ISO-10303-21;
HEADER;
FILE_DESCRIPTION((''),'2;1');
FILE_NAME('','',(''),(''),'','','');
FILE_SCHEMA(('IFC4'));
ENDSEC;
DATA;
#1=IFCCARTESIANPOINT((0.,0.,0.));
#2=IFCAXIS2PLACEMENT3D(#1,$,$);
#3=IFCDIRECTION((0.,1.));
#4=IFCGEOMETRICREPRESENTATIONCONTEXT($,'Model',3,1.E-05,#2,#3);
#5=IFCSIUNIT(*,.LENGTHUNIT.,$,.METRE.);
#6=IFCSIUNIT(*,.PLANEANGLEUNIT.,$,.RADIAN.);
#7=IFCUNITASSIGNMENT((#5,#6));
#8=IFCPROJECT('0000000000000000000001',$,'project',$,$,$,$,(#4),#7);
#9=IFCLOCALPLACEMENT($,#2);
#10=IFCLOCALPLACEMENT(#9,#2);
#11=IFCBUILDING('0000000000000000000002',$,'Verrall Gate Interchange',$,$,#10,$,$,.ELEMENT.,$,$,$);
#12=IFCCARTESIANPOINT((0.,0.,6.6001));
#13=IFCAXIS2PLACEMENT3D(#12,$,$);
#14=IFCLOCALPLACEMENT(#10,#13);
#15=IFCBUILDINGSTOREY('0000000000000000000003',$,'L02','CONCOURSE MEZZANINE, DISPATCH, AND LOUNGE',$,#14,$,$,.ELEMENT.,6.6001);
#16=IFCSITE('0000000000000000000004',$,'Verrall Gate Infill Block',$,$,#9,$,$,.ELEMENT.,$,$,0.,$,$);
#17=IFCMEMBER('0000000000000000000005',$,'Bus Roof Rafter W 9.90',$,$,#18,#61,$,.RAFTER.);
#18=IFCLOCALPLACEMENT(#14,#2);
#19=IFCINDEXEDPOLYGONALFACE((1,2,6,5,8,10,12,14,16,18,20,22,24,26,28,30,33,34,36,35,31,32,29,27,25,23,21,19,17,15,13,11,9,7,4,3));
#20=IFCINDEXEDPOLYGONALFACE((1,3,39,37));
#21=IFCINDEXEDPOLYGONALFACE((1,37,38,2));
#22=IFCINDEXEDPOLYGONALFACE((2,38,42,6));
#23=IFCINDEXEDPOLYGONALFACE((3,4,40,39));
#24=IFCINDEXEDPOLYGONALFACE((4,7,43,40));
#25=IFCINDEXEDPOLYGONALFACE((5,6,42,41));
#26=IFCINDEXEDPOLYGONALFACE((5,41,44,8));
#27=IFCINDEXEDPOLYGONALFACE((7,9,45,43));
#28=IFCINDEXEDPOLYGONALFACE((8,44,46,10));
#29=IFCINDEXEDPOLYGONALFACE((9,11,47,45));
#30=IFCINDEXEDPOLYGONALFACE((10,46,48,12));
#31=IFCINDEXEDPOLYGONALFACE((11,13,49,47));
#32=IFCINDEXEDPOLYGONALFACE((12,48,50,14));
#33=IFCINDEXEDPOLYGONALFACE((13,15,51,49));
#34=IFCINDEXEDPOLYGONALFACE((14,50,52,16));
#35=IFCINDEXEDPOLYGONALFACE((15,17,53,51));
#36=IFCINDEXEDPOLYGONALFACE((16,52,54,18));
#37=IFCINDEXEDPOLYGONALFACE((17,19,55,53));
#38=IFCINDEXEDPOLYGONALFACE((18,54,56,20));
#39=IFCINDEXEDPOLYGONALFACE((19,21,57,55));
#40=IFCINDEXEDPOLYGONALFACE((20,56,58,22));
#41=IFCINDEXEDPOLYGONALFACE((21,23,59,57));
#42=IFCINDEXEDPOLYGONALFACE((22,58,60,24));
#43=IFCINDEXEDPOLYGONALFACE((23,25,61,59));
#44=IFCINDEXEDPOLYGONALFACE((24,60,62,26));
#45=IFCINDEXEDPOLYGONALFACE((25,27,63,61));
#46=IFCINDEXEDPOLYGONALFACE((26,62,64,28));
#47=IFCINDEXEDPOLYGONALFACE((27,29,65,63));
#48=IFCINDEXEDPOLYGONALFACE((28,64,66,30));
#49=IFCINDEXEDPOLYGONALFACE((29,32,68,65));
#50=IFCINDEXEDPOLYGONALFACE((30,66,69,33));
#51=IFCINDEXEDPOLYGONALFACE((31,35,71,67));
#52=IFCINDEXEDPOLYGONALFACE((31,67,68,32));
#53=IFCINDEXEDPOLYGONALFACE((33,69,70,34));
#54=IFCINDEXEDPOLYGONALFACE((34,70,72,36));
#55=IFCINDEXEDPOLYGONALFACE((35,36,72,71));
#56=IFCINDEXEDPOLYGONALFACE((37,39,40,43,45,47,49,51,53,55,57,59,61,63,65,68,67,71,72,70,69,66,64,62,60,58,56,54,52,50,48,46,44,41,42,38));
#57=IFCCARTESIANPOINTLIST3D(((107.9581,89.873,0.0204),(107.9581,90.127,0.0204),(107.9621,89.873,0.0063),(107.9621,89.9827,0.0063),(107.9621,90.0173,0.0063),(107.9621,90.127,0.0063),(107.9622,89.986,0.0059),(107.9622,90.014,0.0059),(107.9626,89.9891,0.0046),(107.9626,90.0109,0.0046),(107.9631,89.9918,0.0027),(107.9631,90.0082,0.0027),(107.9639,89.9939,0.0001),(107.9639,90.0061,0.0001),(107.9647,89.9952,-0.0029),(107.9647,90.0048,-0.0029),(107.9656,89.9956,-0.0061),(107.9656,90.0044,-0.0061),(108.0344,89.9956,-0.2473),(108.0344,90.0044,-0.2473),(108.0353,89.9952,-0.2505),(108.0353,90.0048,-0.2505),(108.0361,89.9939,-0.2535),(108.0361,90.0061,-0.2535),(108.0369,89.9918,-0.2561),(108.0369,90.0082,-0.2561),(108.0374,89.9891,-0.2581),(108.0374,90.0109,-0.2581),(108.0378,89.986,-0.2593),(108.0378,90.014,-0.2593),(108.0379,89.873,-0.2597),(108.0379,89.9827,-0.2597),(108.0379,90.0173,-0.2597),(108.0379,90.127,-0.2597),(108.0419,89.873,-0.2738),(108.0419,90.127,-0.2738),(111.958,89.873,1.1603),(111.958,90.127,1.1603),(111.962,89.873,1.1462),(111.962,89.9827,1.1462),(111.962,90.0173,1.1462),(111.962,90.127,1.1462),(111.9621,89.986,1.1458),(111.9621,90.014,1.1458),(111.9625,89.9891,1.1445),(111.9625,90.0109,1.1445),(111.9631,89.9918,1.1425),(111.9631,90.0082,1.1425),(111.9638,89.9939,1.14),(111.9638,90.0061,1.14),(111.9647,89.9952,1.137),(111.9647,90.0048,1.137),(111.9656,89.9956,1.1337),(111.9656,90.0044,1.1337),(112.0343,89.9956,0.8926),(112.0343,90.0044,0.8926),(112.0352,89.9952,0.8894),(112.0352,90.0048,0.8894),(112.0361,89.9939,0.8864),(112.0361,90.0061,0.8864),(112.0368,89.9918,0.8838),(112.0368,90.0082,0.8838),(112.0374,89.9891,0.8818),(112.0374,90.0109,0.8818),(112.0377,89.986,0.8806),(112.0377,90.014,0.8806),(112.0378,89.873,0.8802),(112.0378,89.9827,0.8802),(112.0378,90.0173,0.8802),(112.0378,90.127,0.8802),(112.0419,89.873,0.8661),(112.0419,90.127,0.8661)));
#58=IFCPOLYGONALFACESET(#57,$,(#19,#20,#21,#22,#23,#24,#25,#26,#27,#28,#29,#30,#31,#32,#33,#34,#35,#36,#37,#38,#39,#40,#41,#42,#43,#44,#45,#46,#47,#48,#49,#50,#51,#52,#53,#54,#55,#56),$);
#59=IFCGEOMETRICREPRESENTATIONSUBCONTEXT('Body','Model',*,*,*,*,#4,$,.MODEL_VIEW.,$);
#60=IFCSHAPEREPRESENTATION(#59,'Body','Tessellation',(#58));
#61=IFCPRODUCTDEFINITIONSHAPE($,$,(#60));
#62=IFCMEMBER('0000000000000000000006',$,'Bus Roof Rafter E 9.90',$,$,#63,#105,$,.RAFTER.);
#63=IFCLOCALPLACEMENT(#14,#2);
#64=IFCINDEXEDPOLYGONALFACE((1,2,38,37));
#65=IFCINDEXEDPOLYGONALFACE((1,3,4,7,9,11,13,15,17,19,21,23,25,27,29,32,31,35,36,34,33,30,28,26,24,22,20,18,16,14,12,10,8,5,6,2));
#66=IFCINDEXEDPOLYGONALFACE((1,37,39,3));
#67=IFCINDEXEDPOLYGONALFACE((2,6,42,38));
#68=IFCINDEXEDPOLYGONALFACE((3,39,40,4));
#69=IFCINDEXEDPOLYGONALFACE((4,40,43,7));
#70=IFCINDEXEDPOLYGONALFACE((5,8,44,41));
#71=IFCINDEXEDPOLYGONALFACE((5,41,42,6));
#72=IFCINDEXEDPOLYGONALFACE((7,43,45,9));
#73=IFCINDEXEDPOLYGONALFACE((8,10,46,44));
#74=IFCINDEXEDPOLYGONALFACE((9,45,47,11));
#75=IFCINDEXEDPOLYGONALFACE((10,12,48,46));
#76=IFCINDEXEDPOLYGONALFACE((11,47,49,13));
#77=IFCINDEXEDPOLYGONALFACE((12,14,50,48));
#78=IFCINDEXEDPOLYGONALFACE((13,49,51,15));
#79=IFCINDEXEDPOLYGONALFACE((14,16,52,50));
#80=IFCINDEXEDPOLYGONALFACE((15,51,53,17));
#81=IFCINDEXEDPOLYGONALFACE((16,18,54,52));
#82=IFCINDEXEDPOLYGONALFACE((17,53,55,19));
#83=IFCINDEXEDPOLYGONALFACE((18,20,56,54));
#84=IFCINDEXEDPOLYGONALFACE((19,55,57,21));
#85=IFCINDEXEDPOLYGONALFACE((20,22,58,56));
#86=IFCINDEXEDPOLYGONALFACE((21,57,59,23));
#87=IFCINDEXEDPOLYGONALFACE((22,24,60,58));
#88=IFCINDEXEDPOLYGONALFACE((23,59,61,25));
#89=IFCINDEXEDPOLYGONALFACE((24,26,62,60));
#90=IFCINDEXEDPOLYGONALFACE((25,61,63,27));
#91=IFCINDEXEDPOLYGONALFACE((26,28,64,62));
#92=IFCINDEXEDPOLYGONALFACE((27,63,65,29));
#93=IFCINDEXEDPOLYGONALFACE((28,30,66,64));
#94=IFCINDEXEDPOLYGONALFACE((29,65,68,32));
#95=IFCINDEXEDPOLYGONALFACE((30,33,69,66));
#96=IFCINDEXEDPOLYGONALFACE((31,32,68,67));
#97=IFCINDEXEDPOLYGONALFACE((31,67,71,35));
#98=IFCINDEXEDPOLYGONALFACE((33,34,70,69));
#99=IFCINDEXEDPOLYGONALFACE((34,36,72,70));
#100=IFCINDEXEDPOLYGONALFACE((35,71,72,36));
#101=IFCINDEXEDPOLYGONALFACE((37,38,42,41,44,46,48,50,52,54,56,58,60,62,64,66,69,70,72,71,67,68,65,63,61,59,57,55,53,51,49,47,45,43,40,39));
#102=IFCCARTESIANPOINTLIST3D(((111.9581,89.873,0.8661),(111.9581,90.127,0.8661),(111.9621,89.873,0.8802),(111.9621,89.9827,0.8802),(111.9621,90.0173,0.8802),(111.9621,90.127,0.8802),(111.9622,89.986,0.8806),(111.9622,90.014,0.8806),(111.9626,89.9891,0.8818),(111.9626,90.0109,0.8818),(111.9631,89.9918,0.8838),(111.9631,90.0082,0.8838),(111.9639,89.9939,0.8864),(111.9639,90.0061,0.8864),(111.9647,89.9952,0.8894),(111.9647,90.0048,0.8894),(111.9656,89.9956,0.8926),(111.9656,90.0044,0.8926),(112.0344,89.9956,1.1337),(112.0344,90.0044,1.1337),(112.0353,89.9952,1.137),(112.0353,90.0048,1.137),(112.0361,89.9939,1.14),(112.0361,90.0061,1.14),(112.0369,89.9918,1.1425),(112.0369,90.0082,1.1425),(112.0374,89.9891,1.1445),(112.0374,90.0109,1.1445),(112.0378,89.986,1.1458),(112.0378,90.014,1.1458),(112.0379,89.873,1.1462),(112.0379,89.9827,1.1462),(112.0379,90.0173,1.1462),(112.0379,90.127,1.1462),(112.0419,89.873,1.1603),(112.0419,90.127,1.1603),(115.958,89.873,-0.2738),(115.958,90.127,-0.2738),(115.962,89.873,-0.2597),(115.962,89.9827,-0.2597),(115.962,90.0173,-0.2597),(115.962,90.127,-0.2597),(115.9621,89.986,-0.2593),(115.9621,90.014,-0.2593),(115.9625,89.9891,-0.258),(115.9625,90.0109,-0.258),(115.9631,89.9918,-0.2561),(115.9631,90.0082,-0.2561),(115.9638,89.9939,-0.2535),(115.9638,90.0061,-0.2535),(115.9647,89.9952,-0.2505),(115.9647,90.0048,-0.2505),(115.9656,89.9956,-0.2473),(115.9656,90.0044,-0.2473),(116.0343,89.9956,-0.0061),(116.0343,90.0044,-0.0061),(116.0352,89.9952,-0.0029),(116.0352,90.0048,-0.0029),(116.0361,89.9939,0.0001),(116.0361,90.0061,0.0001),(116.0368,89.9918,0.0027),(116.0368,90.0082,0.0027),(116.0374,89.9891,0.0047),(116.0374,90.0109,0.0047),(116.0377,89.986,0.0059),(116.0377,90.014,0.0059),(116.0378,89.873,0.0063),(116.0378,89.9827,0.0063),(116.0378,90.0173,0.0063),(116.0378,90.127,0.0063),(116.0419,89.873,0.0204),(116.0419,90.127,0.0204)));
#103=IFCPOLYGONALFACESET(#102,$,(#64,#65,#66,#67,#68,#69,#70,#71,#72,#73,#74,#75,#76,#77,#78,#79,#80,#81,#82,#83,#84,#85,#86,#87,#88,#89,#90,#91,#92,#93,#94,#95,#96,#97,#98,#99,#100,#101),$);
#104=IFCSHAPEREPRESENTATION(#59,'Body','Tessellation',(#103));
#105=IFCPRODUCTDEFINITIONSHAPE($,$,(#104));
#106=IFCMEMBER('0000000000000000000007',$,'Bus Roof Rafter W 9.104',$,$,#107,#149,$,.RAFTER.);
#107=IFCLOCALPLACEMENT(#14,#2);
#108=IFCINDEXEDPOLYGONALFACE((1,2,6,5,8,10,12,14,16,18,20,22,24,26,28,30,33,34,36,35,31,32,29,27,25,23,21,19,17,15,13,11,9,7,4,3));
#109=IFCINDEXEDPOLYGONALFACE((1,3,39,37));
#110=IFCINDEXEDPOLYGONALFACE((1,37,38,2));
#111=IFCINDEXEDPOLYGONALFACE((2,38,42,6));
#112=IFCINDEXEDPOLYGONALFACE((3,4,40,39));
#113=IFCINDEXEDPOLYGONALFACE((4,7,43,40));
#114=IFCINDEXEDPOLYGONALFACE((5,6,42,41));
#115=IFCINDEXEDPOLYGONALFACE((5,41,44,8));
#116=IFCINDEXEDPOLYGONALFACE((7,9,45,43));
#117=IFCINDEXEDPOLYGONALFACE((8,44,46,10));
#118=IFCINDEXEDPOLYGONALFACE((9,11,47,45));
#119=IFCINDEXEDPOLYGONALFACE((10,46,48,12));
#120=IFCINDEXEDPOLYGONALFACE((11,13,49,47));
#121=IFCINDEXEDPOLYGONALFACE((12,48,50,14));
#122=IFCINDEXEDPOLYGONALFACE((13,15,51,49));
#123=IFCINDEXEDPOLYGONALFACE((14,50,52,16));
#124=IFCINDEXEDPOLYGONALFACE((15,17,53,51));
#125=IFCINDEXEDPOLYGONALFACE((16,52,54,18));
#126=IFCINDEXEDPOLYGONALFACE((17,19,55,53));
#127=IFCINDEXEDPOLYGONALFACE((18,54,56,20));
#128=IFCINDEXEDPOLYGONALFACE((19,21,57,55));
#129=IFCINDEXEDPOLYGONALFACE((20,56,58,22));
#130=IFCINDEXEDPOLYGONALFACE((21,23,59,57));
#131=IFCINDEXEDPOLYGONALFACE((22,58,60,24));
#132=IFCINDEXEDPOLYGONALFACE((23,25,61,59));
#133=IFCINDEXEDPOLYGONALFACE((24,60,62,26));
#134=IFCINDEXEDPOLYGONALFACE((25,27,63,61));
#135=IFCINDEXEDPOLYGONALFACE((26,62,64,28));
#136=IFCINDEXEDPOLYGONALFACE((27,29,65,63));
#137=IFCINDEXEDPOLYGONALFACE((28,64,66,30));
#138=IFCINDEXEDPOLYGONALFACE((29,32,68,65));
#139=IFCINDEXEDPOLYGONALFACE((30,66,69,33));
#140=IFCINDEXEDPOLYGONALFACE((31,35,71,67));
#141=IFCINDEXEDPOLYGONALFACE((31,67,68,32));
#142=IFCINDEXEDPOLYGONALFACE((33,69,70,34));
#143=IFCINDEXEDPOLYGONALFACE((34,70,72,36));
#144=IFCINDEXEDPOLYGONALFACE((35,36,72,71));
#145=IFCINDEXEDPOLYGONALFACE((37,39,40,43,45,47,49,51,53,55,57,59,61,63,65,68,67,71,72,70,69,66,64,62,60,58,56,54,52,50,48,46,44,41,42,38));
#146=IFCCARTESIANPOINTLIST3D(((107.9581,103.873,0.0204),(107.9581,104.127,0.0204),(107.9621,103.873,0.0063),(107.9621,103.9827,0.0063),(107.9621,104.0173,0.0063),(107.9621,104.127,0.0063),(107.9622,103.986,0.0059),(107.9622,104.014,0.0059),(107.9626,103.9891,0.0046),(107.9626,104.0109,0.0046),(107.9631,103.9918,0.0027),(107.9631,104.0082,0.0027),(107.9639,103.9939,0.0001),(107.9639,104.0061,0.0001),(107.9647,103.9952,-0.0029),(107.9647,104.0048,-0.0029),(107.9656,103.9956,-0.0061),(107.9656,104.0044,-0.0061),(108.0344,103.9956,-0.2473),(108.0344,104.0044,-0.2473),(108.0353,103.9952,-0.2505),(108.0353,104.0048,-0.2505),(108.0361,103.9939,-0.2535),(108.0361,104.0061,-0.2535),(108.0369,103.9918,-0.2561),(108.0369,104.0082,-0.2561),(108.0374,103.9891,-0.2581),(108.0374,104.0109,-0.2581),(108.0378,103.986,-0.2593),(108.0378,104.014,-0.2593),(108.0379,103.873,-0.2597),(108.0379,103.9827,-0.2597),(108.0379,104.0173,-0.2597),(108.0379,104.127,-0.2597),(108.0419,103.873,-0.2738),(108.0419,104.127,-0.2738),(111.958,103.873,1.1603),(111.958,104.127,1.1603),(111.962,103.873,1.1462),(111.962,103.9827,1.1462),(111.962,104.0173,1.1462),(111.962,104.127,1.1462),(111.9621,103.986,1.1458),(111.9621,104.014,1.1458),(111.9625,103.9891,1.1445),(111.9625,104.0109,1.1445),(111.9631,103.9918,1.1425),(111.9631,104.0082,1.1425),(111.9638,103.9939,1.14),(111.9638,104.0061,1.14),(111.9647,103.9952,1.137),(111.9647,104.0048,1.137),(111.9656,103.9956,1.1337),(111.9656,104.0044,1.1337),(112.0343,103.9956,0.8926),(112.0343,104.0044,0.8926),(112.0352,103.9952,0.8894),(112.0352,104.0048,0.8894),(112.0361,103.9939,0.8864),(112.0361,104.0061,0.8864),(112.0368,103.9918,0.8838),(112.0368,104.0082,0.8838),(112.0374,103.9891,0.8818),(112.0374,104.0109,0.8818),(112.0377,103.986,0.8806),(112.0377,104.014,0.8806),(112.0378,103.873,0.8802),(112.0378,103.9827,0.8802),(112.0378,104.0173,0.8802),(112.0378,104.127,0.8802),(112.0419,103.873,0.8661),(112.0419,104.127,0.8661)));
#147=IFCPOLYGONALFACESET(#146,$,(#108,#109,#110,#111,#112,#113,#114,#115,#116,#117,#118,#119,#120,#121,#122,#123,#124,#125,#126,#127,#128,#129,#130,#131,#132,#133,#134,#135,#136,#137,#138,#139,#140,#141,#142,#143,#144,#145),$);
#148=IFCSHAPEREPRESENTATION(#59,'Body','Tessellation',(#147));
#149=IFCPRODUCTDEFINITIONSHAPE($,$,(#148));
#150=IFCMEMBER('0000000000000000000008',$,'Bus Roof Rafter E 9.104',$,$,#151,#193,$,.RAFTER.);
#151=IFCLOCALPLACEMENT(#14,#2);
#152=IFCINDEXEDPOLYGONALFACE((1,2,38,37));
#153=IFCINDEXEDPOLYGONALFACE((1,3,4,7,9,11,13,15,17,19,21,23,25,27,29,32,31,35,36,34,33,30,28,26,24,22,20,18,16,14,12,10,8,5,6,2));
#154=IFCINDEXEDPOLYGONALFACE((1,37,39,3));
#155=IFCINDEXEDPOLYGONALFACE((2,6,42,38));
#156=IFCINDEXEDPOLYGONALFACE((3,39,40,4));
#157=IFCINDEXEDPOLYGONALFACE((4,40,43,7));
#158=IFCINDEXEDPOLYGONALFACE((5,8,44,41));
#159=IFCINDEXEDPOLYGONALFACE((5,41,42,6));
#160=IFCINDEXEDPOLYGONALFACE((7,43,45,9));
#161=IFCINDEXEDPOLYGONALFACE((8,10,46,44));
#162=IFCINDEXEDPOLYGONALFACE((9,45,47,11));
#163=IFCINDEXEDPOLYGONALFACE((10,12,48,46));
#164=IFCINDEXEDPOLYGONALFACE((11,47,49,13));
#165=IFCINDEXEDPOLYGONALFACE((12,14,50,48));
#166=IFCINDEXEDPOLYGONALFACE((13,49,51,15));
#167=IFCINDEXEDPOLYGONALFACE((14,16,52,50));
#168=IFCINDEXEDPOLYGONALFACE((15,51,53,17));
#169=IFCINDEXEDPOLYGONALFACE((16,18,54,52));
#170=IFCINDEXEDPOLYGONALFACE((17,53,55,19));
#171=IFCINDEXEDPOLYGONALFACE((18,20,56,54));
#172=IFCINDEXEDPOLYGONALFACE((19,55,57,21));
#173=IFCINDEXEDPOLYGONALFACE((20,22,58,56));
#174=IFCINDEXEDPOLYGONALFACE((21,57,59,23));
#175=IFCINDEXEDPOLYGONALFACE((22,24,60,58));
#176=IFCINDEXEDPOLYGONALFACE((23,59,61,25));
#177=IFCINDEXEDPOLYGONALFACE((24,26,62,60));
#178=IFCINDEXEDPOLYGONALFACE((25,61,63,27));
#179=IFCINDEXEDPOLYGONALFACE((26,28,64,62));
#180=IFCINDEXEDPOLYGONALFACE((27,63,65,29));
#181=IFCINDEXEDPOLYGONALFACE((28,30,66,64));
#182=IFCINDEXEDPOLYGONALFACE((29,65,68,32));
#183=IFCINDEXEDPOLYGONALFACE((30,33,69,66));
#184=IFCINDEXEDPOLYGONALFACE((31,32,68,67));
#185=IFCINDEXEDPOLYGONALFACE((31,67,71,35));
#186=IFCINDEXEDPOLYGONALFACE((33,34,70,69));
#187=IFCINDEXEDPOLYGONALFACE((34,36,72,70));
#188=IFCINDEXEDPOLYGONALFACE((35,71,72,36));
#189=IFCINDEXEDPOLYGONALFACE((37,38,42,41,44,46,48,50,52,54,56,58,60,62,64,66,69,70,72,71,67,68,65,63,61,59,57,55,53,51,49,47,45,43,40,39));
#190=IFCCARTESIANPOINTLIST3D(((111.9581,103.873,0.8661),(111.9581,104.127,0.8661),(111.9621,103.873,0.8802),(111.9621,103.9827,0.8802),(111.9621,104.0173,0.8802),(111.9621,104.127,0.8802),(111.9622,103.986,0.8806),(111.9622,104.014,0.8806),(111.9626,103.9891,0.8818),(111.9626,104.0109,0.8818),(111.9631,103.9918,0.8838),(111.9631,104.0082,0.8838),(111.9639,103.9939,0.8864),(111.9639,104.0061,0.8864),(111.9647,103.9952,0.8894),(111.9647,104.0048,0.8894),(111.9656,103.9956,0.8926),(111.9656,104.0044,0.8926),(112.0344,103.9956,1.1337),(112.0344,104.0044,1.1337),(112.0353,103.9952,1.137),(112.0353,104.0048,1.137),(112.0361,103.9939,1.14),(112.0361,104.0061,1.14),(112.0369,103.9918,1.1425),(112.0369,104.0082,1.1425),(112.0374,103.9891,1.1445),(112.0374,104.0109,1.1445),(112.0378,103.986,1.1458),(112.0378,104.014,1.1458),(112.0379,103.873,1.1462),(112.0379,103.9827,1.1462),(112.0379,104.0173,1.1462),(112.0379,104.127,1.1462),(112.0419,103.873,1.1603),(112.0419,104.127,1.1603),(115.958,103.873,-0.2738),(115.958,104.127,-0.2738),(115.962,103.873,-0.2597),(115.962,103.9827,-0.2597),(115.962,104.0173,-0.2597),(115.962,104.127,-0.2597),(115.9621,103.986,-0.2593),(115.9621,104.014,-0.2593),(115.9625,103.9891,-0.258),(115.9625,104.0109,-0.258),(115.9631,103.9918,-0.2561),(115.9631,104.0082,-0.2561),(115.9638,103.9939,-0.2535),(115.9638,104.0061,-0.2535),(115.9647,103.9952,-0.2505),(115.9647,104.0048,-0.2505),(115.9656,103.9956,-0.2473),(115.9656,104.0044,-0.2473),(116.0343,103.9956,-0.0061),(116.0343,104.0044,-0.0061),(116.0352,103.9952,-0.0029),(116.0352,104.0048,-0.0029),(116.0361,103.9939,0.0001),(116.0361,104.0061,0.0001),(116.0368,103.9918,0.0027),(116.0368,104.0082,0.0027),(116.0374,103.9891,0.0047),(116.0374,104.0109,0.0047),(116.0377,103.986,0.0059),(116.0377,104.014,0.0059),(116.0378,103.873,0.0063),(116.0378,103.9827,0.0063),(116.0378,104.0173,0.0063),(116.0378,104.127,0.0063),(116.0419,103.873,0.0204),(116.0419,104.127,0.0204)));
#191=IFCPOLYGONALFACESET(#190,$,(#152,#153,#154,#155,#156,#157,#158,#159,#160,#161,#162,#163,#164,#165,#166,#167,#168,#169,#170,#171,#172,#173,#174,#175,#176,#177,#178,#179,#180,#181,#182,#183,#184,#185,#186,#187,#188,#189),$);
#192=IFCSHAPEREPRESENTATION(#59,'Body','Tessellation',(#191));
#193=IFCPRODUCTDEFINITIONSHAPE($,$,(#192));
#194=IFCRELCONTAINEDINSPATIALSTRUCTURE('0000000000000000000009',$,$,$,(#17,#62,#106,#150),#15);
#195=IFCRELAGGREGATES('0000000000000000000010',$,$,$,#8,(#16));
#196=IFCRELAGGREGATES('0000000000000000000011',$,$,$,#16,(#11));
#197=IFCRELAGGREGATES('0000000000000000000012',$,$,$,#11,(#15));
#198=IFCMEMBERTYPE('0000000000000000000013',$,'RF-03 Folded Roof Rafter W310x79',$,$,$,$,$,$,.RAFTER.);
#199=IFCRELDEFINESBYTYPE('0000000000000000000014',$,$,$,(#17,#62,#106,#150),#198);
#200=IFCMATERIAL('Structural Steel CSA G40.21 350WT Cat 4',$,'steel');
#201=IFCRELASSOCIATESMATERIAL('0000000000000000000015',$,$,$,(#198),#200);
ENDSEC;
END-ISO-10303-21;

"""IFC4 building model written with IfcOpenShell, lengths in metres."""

from ifc_helpers import new_model, si_unit, direction, frame, origin, origin_2d, place, context, subcontext, project, spatial, i_section, extrude, material, material_profile, profile_set, type_object, element, save


model = new_model("IFC4")

# Units and contexts
model_context = context("Model", 3, precision=1e-05, world=origin(), true_north=direction((0.0, 1.0)))
body_context = subcontext(model_context, "Body", "Model", "MODEL_VIEW")
ifc_project = project(units=[si_unit("LENGTHUNIT", "METRE"), si_unit("PLANEANGLEUNIT", "RADIAN")], contexts=[model_context])

# Site, building, storey
site_placement = place(None, origin())
site = spatial("IfcSite", under=ifc_project, at=site_placement, Name="Verrall Gate Infill Block", CompositionType="ELEMENT", RefElevation=0.0)
building_placement = place(site_placement, origin())
building = spatial("IfcBuilding", under=site, at=building_placement, Name="Verrall Gate Interchange", CompositionType="ELEMENT")
storey_placement = place(building_placement, frame((0.0, 0.0, 6.6001)))
storey = spatial("IfcBuildingStorey", under=building, at=storey_placement, Name="L02", Description="CONCOURSE MEZZANINE, DISPATCH, AND LOUNGE", CompositionType="ELEMENT", Elevation=6.6001)

# Members
ifc_material_1 = material(Name="Structural Steel CSA G40.21 350WT Cat 4", Category="steel")
ifc_material_profile_1 = material_profile(ifc_material_1, i_section(OverallWidth=0.2539, OverallDepth=0.3059, WebThickness=0.0088, FlangeThickness=0.0146, FilletRadius=0.0129, at=origin_2d()), Name="W310x79")
ifc_profile_set_1 = profile_set([ifc_material_profile_1], Name="Structural Steel CSA G40.21 350WT Cat 4")
member_type_1 = type_object("IfcMemberType", Name="RF-03 Folded Roof Rafter W310x79", PredefinedType="RAFTER", material=ifc_profile_set_1)
for number, where, z_axis, x_axis, name in (
    (1, (108.0, 90.0, -0.1267), (0.961712, 0.0, 0.274062), (0.0, 1.0, 0.0), "Bus Roof Rafter W 9.90"),
    (2, (112.0, 90.0, 1.0132), (0.961712, 0.0, -0.274062), (0.0, 1.0, 0.0), "Bus Roof Rafter E 9.90"),
    (3, (108.0, 104.0, -0.1267), (0.961712, 0.0, 0.274062), (0.0, 1.0, 0.0), "Bus Roof Rafter W 9.104"),
    (4, (112.0, 104.0, 1.0132), (0.961712, 0.0, -0.274062), (0.0, 1.0, 0.0), "Bus Roof Rafter E 9.104"),
):
    element("IfcMember", number, at=place(storey_placement, frame(where, z_axis=z_axis, x_axis=x_axis)), inside=storey, type_object=member_type_1, Name=name, PredefinedType="RAFTER", context=body_context, shape_type="SweptSolid", body=[
        extrude(i_section(OverallWidth=0.2539, OverallDepth=0.3059, WebThickness=0.0088, FlangeThickness=0.0146, FilletRadius=0.0129, at=origin_2d()), origin(), (0.0, 0.0, 1.0), 4.1592),
    ])

save(model, "model.ifc")
